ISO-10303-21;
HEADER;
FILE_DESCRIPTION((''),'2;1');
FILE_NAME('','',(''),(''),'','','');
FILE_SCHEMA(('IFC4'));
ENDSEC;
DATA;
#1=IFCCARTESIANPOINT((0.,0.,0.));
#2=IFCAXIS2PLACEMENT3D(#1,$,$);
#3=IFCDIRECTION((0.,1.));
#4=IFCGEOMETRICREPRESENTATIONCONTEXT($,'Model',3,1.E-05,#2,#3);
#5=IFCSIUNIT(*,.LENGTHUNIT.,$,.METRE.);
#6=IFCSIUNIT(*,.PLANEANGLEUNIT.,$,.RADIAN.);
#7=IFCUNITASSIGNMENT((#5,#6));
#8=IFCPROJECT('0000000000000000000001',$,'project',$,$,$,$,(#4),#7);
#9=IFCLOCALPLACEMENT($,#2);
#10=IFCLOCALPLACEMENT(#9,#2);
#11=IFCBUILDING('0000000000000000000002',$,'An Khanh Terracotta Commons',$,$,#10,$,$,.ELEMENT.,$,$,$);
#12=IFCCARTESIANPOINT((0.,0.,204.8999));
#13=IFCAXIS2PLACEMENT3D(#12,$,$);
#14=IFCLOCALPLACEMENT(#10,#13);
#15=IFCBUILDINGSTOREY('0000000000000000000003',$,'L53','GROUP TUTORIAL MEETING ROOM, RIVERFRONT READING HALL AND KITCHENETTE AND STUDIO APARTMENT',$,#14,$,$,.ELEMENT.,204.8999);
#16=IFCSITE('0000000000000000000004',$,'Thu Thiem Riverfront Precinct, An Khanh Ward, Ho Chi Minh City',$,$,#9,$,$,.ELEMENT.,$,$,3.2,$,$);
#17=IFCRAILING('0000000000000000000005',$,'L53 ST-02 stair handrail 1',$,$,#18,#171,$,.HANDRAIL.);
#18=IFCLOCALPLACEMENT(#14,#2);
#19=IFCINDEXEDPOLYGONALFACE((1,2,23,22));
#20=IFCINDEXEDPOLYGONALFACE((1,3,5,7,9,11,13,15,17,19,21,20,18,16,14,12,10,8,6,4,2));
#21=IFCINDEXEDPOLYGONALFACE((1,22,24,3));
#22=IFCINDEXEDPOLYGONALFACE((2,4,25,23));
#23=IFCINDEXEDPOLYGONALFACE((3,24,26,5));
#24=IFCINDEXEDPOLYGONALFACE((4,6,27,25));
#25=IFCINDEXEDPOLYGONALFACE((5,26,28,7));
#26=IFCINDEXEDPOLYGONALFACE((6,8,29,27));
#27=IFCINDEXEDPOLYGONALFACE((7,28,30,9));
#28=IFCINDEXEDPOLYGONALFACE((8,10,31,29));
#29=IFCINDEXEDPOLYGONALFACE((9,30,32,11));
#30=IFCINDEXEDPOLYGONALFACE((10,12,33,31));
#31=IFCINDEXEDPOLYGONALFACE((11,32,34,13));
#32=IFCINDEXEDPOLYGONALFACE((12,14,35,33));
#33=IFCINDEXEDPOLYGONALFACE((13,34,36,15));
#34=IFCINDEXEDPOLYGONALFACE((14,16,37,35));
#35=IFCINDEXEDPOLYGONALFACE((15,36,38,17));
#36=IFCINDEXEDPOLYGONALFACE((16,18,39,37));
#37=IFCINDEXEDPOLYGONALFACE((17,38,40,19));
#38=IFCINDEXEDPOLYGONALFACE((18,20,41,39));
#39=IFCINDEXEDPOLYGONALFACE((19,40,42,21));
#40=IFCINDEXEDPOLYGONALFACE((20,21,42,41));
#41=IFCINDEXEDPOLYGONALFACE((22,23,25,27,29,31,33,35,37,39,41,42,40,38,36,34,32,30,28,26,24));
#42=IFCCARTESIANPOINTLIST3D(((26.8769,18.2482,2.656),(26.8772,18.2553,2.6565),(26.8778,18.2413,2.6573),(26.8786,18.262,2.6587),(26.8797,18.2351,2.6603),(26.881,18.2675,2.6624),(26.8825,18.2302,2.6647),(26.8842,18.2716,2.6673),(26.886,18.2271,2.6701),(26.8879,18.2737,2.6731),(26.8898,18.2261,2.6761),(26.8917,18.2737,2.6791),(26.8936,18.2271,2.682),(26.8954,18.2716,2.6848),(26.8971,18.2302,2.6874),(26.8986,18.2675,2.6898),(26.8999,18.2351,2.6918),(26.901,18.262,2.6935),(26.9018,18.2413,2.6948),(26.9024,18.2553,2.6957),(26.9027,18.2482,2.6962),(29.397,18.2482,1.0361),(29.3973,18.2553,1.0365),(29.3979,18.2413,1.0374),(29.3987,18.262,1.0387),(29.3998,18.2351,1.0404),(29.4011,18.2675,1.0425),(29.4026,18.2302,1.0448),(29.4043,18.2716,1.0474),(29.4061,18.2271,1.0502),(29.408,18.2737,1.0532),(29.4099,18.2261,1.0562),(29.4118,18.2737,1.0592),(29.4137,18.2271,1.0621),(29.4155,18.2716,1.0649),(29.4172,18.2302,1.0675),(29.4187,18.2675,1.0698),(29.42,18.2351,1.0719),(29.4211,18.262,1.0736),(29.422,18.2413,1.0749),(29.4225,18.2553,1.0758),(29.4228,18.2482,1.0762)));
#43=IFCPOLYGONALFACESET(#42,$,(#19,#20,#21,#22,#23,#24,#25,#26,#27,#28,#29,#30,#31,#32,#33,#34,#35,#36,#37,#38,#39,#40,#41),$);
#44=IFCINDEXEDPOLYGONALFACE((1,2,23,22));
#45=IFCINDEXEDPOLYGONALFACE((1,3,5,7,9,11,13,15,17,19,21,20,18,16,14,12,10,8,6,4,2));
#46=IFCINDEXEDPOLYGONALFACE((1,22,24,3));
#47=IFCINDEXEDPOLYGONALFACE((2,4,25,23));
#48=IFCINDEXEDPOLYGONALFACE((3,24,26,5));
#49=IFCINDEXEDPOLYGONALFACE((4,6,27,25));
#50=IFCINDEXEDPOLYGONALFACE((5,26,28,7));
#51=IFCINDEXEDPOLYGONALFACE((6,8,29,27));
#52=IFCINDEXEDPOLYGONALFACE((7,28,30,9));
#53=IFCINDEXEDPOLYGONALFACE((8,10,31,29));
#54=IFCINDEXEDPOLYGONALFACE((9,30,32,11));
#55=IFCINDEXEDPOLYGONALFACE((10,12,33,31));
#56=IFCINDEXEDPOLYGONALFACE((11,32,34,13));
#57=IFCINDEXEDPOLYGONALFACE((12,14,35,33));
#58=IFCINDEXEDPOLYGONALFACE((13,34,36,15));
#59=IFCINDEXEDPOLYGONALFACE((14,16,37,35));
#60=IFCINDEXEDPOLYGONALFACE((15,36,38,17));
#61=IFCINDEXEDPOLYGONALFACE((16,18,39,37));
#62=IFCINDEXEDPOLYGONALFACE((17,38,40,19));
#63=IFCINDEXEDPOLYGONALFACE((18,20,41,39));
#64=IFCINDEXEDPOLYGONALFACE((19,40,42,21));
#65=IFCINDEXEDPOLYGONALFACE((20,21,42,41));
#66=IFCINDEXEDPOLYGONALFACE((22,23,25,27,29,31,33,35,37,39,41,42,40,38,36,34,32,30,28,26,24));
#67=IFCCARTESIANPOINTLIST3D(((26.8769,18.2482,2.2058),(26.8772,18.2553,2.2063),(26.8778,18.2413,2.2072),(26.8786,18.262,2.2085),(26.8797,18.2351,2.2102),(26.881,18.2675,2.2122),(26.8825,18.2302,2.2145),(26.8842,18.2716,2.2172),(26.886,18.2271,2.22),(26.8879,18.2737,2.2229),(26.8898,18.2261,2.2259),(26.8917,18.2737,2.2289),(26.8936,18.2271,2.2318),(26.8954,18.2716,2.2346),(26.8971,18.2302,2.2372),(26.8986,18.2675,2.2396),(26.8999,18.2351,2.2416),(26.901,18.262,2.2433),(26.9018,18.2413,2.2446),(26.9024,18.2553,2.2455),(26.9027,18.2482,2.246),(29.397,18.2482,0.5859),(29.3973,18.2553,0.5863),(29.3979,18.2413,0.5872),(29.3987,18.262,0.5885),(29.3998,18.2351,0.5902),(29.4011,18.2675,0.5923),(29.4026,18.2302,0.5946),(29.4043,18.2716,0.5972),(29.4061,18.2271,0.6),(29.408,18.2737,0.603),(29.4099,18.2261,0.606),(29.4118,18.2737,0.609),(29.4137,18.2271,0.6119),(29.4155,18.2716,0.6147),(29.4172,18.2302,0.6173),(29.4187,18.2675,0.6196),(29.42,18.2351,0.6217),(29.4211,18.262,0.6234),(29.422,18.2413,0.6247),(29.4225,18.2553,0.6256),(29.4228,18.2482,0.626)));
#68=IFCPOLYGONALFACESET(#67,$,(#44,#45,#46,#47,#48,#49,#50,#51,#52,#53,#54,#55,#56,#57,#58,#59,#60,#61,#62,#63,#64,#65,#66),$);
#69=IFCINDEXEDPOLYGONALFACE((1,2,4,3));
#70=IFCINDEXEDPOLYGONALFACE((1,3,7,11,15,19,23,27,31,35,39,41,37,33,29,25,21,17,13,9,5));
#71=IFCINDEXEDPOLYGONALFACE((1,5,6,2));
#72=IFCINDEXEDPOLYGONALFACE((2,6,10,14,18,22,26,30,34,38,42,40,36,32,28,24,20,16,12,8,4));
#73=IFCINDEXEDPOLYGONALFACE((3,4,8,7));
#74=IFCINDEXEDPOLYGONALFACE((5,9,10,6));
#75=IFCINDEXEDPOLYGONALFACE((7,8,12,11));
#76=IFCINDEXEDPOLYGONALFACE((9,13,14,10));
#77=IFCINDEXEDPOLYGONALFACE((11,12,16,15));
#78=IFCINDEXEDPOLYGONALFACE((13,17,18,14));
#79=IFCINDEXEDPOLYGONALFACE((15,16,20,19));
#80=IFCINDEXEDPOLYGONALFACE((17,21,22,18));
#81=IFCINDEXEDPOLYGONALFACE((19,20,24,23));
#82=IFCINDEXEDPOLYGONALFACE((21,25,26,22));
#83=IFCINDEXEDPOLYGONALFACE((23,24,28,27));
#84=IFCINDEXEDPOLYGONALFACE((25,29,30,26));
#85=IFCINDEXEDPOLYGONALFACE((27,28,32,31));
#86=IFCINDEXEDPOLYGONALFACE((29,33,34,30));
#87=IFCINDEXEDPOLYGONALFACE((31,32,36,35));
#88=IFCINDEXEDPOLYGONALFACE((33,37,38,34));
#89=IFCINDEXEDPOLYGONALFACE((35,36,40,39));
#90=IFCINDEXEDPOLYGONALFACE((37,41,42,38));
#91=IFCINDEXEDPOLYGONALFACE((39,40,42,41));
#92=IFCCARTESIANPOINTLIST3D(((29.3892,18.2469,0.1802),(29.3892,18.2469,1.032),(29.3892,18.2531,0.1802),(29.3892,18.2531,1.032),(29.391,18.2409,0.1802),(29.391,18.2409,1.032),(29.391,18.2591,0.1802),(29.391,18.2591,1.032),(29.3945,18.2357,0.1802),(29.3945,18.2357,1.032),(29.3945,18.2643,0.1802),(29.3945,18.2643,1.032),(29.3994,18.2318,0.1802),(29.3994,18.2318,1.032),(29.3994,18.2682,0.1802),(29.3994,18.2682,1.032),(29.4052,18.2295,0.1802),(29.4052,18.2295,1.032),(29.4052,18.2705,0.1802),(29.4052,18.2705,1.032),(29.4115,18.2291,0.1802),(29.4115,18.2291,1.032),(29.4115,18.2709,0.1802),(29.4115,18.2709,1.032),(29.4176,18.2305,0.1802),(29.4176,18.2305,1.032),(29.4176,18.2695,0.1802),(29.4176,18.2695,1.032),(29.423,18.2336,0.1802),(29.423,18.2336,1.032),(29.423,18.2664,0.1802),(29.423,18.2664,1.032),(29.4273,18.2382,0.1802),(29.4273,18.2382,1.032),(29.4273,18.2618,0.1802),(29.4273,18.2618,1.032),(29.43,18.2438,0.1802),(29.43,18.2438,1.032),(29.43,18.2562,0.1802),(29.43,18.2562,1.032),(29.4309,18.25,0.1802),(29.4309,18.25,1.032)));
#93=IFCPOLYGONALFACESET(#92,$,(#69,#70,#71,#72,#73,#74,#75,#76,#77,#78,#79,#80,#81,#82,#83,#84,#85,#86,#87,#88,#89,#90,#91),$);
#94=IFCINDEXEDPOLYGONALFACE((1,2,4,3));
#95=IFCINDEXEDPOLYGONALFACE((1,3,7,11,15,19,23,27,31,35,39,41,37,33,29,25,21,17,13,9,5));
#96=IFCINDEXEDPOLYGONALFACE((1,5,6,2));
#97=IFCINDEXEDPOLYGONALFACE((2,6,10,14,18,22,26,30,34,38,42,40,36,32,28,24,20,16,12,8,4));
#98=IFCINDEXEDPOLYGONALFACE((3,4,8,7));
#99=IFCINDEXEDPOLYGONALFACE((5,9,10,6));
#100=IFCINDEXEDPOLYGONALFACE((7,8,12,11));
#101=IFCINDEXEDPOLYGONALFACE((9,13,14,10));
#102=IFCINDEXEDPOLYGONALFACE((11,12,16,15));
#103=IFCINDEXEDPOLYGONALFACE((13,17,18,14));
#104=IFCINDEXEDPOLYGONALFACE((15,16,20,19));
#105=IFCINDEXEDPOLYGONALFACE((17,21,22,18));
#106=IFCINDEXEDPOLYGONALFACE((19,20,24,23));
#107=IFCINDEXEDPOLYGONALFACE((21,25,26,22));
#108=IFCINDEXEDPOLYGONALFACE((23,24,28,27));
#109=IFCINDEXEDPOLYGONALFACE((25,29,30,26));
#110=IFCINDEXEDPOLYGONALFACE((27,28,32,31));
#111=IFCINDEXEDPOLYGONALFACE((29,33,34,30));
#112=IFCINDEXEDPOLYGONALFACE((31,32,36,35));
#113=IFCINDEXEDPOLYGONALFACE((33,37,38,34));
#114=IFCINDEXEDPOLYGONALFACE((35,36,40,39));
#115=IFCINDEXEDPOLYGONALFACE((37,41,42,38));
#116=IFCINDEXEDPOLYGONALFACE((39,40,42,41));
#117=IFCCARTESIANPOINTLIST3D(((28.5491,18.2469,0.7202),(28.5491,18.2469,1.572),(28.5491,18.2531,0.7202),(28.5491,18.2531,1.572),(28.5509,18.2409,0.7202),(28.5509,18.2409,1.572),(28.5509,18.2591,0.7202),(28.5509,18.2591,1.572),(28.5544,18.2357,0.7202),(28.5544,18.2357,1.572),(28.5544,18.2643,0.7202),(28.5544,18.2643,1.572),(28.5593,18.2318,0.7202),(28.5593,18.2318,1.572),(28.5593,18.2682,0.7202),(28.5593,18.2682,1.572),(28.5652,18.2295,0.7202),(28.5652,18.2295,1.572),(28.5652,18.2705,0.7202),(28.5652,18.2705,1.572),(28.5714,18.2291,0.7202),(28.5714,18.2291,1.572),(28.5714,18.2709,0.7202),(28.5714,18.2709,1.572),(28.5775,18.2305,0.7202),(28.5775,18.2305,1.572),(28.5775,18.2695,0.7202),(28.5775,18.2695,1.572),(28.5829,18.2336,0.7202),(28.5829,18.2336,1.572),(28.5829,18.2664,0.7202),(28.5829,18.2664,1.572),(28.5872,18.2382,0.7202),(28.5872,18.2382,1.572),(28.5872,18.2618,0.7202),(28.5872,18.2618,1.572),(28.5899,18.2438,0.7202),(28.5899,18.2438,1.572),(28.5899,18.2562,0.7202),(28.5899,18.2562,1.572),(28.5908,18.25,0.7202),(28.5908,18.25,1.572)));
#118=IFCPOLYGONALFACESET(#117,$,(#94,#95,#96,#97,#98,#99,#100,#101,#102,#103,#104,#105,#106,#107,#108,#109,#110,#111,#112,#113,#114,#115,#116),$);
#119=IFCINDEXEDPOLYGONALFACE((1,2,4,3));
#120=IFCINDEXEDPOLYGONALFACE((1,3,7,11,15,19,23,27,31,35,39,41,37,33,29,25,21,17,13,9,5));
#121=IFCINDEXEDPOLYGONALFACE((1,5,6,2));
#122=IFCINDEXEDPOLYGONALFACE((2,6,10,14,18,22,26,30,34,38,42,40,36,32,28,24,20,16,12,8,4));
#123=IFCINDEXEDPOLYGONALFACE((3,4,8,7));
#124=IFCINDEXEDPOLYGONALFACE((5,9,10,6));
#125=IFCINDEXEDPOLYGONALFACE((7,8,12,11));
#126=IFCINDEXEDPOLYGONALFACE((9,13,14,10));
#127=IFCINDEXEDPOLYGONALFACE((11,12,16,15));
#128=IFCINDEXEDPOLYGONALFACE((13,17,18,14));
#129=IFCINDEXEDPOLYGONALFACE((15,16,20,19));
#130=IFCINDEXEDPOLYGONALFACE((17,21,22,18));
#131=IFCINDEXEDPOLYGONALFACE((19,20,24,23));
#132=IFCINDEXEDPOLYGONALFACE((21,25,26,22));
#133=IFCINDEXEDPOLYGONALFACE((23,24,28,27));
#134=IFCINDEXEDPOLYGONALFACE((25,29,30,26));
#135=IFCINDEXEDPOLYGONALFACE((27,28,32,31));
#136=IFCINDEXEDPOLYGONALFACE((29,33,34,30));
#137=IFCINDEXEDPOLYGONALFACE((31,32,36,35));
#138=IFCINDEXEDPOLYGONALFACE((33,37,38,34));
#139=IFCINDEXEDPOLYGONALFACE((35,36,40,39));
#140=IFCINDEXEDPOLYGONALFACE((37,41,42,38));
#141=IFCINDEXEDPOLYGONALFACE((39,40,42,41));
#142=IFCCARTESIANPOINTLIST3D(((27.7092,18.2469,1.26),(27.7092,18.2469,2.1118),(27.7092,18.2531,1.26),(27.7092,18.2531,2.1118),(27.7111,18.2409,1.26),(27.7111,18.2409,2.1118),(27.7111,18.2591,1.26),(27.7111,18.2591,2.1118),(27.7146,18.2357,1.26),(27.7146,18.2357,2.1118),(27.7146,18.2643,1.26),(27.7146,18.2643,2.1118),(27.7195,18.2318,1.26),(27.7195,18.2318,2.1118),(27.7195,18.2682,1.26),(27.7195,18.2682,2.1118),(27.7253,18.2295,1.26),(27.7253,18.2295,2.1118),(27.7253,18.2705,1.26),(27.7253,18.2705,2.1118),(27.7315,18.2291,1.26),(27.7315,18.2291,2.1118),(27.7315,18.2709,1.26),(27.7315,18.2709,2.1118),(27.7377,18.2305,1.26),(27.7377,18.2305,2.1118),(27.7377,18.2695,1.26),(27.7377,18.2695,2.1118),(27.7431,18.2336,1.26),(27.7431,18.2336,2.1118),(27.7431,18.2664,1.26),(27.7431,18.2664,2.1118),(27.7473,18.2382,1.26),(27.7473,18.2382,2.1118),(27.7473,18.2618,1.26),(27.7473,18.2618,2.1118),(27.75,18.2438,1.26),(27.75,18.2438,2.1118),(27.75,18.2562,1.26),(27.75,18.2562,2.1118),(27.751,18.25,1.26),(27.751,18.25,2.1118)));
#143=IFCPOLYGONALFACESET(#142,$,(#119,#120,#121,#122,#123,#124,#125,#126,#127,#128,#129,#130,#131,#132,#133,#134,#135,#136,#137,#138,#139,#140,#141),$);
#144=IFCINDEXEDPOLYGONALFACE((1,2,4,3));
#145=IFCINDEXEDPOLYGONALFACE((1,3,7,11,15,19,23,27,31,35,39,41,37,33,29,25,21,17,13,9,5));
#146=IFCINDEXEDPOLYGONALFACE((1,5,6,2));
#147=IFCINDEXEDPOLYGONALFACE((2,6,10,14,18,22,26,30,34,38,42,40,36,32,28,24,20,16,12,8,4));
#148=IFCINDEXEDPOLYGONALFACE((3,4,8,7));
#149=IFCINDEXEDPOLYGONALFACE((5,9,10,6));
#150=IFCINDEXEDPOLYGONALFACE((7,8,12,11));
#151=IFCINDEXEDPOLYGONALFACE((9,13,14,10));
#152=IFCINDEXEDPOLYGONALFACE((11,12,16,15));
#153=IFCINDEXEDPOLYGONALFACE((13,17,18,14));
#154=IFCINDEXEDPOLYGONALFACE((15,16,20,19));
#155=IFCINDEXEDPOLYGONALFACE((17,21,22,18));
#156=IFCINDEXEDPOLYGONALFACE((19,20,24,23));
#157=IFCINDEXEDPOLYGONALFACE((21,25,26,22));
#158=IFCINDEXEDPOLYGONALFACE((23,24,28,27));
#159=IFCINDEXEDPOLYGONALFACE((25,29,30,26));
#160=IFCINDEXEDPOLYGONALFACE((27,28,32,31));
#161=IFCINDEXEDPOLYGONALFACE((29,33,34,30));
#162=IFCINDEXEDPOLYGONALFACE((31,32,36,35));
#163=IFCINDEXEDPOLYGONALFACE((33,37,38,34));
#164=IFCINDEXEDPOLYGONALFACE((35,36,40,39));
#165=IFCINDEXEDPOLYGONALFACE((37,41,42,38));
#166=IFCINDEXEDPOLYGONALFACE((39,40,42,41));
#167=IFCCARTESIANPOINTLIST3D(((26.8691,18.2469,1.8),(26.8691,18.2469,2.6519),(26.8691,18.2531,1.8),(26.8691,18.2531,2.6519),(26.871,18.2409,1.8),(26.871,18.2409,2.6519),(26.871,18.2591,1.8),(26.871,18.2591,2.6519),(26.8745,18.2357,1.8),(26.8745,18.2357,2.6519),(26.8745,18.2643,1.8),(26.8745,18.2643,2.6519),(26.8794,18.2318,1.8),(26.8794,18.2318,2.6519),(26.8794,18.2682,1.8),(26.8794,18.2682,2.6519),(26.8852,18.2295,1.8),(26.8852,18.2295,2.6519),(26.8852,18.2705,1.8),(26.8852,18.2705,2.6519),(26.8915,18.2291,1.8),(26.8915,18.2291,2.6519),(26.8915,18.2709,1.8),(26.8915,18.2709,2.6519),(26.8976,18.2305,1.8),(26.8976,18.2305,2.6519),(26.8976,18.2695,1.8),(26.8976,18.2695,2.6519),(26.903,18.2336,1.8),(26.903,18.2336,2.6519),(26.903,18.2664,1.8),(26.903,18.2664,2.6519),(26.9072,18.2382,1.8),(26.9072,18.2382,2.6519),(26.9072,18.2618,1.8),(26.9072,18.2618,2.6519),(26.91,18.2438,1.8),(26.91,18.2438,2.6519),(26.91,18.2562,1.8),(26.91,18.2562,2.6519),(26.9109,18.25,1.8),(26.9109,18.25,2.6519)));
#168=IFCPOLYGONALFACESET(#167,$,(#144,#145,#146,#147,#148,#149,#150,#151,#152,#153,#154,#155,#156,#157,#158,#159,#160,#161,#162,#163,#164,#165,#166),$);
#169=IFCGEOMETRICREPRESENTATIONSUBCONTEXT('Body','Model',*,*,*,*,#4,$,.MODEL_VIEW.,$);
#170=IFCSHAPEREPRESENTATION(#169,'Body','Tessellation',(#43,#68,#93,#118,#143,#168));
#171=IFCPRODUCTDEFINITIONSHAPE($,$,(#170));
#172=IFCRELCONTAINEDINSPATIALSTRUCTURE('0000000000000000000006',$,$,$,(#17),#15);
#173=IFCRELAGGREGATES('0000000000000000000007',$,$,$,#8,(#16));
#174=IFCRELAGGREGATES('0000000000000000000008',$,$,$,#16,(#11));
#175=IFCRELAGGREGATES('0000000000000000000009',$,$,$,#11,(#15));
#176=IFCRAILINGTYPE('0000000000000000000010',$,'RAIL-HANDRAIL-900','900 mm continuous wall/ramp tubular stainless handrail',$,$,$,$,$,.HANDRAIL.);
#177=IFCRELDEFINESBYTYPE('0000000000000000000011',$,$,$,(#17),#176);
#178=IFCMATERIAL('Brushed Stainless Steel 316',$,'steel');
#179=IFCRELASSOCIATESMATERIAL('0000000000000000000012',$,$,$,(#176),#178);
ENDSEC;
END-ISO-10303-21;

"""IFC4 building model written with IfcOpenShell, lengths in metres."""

from ifc_helpers import new_model, si_unit, direction, frame, origin, origin_2d, place, context, subcontext, project, spatial, circle, extrude, material, type_object, element, save


model = new_model("IFC4")

# Units and contexts
model_context = context("Model", 3, precision=1e-05, world=origin(), true_north=direction((0.0, 1.0)))
body_context = subcontext(model_context, "Body", "Model", "MODEL_VIEW")
ifc_project = project(units=[si_unit("LENGTHUNIT", "METRE"), si_unit("PLANEANGLEUNIT", "RADIAN")], contexts=[model_context])

# Site, building, storey
site_placement = place(None, origin())
site = spatial("IfcSite", under=ifc_project, at=site_placement, Name="Thu Thiem Riverfront Precinct, An Khanh Ward, Ho Chi Minh City", CompositionType="ELEMENT", RefElevation=3.2)
building_placement = place(site_placement, origin())
building = spatial("IfcBuilding", under=site, at=building_placement, Name="An Khanh Terracotta Commons", CompositionType="ELEMENT")
storey_placement = place(building_placement, frame((0.0, 0.0, 204.8999)))
storey = spatial("IfcBuildingStorey", under=building, at=storey_placement, Name="L53", Description="GROUP TUTORIAL MEETING ROOM, RIVERFRONT READING HALL AND KITCHENETTE AND STUDIO APARTMENT", CompositionType="ELEMENT", Elevation=204.8999)

# Railing
ifc_material_1 = material(Name="Brushed Stainless Steel 316", Category="steel")
railing_type = type_object("IfcRailingType", Name="RAIL-HANDRAIL-900", Description="900 mm continuous wall/ramp tubular stainless handrail", PredefinedType="HANDRAIL", material=ifc_material_1)
railing_placement = place(storey_placement, frame((29.4099, 18.25, 0.1802)))
element("IfcRailing", 1, at=railing_placement, inside=storey, type_object=railing_type, Name="L53 ST-02 stair handrail 1", PredefinedType="HANDRAIL", context=body_context, shape_type="SweptSolid", body=[
    extrude(circle(Radius=0.0239, at=origin_2d()), frame((0.0, 0.0, 0.876), z_axis=(-0.8412, 0.0, 0.540725), x_axis=(0.0, -1.0, 0.0)), (0.0, 0.0, 1.0), 2.9958),
    extrude(circle(Radius=0.0239, at=origin_2d()), frame((0.0, 0.0, 0.4258), z_axis=(-0.8412, 0.0, 0.540725), x_axis=(0.0, -1.0, 0.0)), (0.0, 0.0, 1.0), 2.9958),
    extrude(circle(Radius=0.021, at=origin_2d()), origin(), (0.0, 0.0, 1.0), 0.8518),
    extrude(circle(Radius=0.021, at=origin_2d()), frame((-0.8401, 0.0, 0.54)), (0.0, 0.0, 1.0), 0.8518),
    extrude(circle(Radius=0.021, at=origin_2d()), frame((-1.6799, 0.0, 1.0798)), (0.0, 0.0, 1.0), 0.8518),
    extrude(circle(Radius=0.021, at=origin_2d()), frame((-2.52, 0.0, 1.6199)), (0.0, 0.0, 1.0), 0.8518),
])

save(model, "model.ifc")
